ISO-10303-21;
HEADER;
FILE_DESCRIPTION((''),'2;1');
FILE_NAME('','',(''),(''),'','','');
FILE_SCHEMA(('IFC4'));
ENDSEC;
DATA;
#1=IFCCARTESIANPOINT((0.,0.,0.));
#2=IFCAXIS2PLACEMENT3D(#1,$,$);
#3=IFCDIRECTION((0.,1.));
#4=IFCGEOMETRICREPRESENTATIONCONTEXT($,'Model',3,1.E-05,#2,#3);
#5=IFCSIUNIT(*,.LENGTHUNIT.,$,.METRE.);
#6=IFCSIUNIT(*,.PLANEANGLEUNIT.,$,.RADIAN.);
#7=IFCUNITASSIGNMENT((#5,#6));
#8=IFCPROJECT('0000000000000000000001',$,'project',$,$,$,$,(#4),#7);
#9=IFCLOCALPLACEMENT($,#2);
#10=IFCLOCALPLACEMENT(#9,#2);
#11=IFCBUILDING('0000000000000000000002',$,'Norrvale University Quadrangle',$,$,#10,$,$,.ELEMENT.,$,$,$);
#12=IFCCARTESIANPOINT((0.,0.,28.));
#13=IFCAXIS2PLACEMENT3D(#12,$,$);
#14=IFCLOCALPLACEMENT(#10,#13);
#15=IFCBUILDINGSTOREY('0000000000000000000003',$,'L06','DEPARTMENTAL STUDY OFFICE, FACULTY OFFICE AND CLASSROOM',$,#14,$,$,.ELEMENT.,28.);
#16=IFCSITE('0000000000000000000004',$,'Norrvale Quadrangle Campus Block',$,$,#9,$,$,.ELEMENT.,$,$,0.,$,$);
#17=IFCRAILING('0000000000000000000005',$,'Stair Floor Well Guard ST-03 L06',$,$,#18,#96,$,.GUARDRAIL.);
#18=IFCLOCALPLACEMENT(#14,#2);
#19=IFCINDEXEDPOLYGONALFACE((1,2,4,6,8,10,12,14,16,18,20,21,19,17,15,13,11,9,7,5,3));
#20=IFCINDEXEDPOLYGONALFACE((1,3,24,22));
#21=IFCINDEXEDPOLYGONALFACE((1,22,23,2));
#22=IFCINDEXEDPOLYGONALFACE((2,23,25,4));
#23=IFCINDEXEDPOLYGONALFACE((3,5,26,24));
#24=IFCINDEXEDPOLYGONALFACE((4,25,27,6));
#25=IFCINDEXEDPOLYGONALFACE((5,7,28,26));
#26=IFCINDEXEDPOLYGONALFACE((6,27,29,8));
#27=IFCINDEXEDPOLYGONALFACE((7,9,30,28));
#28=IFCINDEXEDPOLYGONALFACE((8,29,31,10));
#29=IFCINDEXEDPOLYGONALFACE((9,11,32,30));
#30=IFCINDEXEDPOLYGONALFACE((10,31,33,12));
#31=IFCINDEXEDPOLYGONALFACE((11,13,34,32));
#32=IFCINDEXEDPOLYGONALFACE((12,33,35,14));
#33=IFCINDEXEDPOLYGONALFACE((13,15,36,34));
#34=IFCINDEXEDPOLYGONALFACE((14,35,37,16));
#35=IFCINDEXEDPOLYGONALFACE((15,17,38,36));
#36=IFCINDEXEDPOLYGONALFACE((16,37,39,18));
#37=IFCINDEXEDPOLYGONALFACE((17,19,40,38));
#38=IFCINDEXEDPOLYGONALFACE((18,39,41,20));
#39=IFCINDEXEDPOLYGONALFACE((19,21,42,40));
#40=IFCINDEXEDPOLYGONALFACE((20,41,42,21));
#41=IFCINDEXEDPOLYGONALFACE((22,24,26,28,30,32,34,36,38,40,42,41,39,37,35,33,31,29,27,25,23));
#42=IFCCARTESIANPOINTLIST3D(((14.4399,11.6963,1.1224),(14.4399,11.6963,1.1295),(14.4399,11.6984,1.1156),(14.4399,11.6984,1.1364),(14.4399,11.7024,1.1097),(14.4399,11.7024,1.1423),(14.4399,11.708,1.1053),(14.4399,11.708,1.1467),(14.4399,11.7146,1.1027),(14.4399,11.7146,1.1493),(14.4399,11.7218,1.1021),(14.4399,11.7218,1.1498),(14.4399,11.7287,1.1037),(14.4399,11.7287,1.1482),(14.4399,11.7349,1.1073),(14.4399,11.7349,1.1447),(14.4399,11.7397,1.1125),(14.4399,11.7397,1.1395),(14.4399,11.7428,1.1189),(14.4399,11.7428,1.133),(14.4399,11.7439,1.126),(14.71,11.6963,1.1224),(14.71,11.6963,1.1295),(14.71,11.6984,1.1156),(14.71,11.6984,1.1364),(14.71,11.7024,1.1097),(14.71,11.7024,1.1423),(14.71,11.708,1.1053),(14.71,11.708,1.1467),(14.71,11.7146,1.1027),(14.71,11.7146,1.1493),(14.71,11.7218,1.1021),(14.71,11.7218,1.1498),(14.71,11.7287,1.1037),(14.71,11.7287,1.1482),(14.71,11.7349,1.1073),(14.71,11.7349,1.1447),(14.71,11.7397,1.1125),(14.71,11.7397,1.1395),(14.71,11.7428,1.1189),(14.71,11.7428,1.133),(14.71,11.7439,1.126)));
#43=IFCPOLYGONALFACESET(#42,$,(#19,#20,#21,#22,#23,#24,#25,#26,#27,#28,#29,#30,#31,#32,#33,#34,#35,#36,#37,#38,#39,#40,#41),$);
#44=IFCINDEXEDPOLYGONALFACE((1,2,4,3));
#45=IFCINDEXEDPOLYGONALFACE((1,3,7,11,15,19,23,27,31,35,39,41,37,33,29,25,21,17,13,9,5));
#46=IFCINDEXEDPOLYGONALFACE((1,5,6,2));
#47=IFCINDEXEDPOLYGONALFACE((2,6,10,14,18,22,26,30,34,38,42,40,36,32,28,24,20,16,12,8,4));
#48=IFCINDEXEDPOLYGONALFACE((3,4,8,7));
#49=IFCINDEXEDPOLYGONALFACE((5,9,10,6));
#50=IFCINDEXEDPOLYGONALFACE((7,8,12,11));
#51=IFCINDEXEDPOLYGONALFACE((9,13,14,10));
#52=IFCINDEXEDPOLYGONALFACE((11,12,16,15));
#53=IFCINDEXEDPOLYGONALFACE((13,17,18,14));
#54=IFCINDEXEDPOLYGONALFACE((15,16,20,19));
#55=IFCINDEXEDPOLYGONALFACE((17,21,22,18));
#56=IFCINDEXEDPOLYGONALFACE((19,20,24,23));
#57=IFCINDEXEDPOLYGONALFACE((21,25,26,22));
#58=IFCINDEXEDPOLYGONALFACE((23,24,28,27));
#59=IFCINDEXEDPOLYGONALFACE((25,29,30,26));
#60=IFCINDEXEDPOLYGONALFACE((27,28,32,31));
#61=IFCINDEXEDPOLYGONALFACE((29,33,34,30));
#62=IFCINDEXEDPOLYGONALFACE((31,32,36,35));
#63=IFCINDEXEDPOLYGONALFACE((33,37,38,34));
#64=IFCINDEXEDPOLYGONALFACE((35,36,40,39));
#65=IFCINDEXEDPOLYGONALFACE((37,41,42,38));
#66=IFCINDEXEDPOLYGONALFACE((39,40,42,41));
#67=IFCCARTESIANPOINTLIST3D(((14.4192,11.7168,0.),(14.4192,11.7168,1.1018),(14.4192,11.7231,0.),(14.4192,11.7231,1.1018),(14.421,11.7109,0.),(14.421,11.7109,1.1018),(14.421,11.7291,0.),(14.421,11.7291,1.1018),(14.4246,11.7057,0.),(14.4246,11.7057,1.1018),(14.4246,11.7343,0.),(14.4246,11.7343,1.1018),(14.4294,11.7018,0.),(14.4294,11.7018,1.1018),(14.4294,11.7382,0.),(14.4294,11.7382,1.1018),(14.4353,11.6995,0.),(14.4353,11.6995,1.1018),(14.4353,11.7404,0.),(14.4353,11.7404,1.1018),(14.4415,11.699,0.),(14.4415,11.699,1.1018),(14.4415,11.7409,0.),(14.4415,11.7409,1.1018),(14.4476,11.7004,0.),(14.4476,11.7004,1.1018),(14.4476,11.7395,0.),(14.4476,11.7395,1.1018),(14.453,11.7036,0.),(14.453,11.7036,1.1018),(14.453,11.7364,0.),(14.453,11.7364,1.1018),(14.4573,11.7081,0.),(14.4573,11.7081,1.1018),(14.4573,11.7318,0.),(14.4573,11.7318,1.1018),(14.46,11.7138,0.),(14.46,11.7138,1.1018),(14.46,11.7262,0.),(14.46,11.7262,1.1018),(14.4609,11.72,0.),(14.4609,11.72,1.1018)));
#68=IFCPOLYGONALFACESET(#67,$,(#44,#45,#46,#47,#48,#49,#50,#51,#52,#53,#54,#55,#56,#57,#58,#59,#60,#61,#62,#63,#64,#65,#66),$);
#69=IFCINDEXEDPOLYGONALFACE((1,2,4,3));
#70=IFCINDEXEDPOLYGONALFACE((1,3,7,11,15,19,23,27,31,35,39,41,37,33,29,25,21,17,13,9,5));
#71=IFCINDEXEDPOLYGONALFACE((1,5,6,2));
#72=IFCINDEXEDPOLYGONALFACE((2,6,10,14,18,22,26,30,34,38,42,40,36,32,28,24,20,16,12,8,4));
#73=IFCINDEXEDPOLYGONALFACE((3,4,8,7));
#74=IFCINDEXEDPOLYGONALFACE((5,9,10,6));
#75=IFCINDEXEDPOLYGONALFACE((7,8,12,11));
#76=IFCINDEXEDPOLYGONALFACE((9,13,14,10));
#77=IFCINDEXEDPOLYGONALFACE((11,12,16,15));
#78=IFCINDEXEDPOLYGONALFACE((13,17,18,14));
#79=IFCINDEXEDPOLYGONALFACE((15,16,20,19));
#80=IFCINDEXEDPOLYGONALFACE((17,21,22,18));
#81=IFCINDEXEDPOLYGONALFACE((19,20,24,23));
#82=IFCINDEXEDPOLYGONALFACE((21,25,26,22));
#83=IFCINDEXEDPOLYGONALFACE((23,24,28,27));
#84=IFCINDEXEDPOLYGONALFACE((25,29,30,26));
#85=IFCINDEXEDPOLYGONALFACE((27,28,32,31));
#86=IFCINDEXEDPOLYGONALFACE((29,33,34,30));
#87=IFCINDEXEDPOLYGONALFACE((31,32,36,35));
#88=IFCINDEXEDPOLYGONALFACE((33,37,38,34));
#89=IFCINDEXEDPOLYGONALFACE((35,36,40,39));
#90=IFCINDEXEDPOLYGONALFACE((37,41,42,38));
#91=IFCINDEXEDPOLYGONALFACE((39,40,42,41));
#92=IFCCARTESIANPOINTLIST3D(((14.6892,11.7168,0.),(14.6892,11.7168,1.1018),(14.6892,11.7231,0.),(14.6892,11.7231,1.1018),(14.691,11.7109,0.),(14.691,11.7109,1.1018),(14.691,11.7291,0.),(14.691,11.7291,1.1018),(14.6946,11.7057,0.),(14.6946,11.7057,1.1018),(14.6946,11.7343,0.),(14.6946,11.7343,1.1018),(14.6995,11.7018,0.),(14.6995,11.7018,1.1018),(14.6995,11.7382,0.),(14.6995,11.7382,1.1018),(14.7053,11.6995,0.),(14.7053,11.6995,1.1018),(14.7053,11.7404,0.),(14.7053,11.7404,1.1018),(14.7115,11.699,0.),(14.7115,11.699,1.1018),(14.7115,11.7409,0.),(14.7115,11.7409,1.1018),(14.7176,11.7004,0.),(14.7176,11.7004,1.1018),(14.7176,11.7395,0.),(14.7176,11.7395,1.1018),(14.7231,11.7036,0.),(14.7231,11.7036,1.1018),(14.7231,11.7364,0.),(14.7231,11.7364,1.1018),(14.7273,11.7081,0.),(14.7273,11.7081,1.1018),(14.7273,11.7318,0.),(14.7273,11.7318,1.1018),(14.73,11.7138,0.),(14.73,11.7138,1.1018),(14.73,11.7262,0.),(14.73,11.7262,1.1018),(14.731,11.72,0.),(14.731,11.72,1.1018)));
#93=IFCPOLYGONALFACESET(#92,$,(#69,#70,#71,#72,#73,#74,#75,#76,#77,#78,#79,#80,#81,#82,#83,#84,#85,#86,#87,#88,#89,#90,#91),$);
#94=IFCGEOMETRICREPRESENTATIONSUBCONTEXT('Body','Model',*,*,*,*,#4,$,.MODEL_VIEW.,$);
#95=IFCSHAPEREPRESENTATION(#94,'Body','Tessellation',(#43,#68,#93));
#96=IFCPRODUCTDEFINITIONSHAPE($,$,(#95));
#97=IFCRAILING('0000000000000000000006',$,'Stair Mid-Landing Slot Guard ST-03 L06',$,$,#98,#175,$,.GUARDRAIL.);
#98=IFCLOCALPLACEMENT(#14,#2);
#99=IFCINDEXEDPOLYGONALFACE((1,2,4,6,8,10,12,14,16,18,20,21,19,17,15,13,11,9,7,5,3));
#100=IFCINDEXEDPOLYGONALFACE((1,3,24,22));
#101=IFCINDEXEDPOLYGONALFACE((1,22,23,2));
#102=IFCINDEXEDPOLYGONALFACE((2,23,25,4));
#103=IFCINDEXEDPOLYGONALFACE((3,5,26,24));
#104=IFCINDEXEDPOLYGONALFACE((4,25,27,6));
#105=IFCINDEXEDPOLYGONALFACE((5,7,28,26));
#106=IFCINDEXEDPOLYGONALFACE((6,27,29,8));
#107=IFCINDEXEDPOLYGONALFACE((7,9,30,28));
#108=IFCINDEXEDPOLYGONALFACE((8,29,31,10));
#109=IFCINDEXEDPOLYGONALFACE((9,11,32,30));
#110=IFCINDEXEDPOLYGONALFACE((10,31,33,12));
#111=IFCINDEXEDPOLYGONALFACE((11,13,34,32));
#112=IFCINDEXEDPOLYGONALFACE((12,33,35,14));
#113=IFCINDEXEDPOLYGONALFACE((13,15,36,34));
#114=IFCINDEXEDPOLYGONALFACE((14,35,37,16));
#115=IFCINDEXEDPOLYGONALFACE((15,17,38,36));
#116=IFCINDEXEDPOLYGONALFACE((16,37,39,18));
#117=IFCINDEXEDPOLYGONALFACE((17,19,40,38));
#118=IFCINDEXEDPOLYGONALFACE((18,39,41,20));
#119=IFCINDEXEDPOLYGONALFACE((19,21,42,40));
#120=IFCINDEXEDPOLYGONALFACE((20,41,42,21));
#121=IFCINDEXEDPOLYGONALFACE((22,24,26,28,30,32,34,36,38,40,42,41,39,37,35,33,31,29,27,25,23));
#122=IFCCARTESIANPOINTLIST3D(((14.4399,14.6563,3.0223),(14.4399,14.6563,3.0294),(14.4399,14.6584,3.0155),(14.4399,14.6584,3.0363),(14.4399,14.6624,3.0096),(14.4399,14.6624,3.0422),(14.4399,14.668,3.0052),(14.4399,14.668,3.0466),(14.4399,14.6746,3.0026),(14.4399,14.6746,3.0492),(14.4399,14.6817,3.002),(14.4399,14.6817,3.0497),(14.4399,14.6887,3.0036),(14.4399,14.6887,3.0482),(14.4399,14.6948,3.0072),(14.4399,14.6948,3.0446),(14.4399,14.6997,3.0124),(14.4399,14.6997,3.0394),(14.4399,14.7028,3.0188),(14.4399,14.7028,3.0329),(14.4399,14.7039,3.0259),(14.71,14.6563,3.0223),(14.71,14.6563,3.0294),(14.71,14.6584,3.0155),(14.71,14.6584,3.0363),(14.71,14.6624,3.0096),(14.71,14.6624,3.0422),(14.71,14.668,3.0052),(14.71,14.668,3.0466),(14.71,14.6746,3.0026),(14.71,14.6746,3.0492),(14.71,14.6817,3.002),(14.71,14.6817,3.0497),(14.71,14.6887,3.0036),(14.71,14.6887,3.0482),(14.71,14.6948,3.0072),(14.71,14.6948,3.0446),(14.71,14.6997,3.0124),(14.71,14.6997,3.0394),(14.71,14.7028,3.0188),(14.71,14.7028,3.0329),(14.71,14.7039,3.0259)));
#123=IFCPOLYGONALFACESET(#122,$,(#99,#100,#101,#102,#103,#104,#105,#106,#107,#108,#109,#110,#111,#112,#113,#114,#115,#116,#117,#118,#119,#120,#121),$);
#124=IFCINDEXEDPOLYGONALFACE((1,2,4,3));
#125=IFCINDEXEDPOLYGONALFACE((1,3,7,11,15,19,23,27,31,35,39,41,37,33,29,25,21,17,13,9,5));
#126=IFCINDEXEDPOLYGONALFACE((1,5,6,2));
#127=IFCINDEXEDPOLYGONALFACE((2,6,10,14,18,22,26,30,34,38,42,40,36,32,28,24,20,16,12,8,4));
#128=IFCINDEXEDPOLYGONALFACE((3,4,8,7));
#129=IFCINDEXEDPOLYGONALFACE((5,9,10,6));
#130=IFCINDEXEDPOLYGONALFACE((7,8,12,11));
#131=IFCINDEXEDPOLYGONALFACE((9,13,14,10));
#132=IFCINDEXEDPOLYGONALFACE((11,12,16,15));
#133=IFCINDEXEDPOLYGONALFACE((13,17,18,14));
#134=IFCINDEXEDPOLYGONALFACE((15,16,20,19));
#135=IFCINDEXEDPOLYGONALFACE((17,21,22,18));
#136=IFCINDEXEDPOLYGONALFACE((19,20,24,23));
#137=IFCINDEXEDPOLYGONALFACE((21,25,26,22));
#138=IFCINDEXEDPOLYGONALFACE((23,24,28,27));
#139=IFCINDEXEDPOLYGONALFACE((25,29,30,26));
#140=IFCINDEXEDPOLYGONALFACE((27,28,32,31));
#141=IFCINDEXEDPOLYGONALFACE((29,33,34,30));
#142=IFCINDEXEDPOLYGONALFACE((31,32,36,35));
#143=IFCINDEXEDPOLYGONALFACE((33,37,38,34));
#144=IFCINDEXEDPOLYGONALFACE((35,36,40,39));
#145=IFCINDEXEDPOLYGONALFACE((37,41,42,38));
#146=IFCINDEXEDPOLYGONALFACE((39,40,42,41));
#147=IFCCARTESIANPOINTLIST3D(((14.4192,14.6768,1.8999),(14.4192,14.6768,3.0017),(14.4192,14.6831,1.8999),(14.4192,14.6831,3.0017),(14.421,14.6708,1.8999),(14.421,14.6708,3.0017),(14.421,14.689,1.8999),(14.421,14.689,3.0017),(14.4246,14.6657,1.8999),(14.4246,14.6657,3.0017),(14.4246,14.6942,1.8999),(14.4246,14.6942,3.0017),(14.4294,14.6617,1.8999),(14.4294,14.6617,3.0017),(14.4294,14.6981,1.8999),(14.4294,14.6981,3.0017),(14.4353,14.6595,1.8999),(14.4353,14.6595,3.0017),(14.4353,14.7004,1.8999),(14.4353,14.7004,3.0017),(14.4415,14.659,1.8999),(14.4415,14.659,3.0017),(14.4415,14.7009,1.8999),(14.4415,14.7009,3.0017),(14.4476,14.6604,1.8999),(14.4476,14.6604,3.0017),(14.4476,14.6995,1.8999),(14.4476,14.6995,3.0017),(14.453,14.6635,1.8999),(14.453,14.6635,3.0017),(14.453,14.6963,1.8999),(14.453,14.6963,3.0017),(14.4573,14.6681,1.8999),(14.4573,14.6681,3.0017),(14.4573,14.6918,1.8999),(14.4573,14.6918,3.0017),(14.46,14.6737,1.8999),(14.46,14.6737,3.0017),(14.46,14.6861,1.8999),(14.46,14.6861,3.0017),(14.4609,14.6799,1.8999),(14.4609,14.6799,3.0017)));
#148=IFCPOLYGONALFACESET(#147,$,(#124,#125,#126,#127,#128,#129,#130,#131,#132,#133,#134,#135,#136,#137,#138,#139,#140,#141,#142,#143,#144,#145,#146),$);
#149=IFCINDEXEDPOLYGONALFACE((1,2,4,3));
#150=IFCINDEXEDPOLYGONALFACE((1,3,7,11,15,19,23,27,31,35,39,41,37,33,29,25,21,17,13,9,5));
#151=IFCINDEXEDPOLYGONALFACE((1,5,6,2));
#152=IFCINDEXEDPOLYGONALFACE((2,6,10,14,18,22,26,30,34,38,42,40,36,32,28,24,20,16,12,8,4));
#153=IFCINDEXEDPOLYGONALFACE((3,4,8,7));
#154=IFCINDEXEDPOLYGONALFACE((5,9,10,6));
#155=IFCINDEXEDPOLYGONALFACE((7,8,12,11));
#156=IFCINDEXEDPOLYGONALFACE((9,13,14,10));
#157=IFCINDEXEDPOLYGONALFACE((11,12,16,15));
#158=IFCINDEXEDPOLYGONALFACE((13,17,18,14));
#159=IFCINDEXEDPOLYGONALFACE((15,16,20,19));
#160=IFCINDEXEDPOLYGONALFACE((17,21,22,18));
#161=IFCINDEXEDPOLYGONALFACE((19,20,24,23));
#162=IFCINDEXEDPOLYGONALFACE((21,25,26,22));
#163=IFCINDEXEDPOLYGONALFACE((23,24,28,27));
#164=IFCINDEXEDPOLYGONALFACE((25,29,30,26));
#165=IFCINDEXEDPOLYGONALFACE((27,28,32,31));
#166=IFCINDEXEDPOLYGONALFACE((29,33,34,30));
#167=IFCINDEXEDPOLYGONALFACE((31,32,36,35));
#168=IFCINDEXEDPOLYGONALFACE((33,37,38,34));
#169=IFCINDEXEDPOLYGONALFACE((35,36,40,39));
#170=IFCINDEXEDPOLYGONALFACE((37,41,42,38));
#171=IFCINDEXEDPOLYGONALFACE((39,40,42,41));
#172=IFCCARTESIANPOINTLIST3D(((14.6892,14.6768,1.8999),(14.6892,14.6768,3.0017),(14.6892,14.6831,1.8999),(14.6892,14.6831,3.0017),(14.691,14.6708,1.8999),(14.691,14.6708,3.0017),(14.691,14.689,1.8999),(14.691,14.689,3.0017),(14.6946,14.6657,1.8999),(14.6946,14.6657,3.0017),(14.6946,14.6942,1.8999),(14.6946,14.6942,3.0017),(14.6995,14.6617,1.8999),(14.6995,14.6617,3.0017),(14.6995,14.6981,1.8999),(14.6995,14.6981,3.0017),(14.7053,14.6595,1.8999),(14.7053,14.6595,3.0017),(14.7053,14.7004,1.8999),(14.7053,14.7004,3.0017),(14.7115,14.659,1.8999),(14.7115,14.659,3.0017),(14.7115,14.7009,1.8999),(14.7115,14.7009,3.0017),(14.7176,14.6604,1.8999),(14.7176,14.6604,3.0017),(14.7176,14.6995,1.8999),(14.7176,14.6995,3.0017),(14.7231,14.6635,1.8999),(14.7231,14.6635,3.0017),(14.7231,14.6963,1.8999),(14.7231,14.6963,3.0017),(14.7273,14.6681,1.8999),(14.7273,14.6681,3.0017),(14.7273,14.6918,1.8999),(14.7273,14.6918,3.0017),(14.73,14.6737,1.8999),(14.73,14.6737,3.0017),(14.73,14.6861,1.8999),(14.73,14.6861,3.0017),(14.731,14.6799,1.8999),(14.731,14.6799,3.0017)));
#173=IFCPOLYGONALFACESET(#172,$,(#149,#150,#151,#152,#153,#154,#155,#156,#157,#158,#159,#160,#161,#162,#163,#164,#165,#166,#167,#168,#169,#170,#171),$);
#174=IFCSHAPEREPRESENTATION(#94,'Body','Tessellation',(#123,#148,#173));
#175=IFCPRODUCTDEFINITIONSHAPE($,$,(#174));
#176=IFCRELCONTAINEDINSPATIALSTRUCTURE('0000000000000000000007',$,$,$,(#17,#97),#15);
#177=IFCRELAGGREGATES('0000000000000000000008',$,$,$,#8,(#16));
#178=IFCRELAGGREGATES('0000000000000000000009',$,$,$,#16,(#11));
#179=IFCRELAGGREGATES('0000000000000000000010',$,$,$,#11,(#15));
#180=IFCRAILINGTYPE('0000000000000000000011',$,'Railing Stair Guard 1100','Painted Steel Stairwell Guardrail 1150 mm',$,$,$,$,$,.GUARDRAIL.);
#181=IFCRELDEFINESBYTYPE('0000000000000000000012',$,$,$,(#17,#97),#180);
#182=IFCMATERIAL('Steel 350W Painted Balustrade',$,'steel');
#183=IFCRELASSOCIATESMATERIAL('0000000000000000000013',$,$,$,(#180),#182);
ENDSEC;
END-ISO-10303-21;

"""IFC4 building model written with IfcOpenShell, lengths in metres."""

from ifc_helpers import new_model, si_unit, direction, frame, origin, origin_2d, place, context, subcontext, project, spatial, circle, extrude, material, type_object, element, save


model = new_model("IFC4")

# Units and contexts
model_context = context("Model", 3, precision=1e-05, world=origin(), true_north=direction((0.0, 1.0)))
body_context = subcontext(model_context, "Body", "Model", "MODEL_VIEW")
ifc_project = project(units=[si_unit("LENGTHUNIT", "METRE"), si_unit("PLANEANGLEUNIT", "RADIAN")], contexts=[model_context])

# Site, building, storey
site_placement = place(None, origin())
site = spatial("IfcSite", under=ifc_project, at=site_placement, Name="Norrvale Quadrangle Campus Block", CompositionType="ELEMENT", RefElevation=0.0)
building_placement = place(site_placement, origin())
building = spatial("IfcBuilding", under=site, at=building_placement, Name="Norrvale University Quadrangle", CompositionType="ELEMENT")
storey_placement = place(building_placement, frame((0.0, 0.0, 28.0)))
storey = spatial("IfcBuildingStorey", under=building, at=storey_placement, Name="L06", Description="DEPARTMENTAL STUDY OFFICE, FACULTY OFFICE AND CLASSROOM", CompositionType="ELEMENT", Elevation=28.0)

# Railings
ifc_material_1 = material(Name="Steel 350W Painted Balustrade", Category="steel")
railing_type_1 = type_object("IfcRailingType", Name="Railing Stair Guard 1100", Description="Painted Steel Stairwell Guardrail 1150 mm", PredefinedType="GUARDRAIL", material=ifc_material_1)
for number, where, name in (
    (1, (14.4399, 11.72, 0.0), "Stair Floor Well Guard ST-03 L06"),
    (2, (14.4399, 14.6799, 1.8999), "Stair Mid-Landing Slot Guard ST-03 L06"),
):
    element("IfcRailing", number, at=place(storey_placement, frame(where)), inside=storey, type_object=railing_type_1, Name=name, PredefinedType="GUARDRAIL", context=body_context, shape_type="SweptSolid", body=[
        extrude(circle(Radius=0.0239, at=origin_2d()), frame((0.0, 0.0, 1.126), z_axis=(1.0, 0.0, 0.0), x_axis=(0.0, 1.0, 0.0)), (0.0, 0.0, 1.0), 0.27),
        extrude(circle(Radius=0.021, at=origin_2d()), origin(), (0.0, 0.0, 1.0), 1.1018),
        extrude(circle(Radius=0.021, at=origin_2d()), frame((0.27, 0.0, 0.0)), (0.0, 0.0, 1.0), 1.1018),
    ])

save(model, "model.ifc")
